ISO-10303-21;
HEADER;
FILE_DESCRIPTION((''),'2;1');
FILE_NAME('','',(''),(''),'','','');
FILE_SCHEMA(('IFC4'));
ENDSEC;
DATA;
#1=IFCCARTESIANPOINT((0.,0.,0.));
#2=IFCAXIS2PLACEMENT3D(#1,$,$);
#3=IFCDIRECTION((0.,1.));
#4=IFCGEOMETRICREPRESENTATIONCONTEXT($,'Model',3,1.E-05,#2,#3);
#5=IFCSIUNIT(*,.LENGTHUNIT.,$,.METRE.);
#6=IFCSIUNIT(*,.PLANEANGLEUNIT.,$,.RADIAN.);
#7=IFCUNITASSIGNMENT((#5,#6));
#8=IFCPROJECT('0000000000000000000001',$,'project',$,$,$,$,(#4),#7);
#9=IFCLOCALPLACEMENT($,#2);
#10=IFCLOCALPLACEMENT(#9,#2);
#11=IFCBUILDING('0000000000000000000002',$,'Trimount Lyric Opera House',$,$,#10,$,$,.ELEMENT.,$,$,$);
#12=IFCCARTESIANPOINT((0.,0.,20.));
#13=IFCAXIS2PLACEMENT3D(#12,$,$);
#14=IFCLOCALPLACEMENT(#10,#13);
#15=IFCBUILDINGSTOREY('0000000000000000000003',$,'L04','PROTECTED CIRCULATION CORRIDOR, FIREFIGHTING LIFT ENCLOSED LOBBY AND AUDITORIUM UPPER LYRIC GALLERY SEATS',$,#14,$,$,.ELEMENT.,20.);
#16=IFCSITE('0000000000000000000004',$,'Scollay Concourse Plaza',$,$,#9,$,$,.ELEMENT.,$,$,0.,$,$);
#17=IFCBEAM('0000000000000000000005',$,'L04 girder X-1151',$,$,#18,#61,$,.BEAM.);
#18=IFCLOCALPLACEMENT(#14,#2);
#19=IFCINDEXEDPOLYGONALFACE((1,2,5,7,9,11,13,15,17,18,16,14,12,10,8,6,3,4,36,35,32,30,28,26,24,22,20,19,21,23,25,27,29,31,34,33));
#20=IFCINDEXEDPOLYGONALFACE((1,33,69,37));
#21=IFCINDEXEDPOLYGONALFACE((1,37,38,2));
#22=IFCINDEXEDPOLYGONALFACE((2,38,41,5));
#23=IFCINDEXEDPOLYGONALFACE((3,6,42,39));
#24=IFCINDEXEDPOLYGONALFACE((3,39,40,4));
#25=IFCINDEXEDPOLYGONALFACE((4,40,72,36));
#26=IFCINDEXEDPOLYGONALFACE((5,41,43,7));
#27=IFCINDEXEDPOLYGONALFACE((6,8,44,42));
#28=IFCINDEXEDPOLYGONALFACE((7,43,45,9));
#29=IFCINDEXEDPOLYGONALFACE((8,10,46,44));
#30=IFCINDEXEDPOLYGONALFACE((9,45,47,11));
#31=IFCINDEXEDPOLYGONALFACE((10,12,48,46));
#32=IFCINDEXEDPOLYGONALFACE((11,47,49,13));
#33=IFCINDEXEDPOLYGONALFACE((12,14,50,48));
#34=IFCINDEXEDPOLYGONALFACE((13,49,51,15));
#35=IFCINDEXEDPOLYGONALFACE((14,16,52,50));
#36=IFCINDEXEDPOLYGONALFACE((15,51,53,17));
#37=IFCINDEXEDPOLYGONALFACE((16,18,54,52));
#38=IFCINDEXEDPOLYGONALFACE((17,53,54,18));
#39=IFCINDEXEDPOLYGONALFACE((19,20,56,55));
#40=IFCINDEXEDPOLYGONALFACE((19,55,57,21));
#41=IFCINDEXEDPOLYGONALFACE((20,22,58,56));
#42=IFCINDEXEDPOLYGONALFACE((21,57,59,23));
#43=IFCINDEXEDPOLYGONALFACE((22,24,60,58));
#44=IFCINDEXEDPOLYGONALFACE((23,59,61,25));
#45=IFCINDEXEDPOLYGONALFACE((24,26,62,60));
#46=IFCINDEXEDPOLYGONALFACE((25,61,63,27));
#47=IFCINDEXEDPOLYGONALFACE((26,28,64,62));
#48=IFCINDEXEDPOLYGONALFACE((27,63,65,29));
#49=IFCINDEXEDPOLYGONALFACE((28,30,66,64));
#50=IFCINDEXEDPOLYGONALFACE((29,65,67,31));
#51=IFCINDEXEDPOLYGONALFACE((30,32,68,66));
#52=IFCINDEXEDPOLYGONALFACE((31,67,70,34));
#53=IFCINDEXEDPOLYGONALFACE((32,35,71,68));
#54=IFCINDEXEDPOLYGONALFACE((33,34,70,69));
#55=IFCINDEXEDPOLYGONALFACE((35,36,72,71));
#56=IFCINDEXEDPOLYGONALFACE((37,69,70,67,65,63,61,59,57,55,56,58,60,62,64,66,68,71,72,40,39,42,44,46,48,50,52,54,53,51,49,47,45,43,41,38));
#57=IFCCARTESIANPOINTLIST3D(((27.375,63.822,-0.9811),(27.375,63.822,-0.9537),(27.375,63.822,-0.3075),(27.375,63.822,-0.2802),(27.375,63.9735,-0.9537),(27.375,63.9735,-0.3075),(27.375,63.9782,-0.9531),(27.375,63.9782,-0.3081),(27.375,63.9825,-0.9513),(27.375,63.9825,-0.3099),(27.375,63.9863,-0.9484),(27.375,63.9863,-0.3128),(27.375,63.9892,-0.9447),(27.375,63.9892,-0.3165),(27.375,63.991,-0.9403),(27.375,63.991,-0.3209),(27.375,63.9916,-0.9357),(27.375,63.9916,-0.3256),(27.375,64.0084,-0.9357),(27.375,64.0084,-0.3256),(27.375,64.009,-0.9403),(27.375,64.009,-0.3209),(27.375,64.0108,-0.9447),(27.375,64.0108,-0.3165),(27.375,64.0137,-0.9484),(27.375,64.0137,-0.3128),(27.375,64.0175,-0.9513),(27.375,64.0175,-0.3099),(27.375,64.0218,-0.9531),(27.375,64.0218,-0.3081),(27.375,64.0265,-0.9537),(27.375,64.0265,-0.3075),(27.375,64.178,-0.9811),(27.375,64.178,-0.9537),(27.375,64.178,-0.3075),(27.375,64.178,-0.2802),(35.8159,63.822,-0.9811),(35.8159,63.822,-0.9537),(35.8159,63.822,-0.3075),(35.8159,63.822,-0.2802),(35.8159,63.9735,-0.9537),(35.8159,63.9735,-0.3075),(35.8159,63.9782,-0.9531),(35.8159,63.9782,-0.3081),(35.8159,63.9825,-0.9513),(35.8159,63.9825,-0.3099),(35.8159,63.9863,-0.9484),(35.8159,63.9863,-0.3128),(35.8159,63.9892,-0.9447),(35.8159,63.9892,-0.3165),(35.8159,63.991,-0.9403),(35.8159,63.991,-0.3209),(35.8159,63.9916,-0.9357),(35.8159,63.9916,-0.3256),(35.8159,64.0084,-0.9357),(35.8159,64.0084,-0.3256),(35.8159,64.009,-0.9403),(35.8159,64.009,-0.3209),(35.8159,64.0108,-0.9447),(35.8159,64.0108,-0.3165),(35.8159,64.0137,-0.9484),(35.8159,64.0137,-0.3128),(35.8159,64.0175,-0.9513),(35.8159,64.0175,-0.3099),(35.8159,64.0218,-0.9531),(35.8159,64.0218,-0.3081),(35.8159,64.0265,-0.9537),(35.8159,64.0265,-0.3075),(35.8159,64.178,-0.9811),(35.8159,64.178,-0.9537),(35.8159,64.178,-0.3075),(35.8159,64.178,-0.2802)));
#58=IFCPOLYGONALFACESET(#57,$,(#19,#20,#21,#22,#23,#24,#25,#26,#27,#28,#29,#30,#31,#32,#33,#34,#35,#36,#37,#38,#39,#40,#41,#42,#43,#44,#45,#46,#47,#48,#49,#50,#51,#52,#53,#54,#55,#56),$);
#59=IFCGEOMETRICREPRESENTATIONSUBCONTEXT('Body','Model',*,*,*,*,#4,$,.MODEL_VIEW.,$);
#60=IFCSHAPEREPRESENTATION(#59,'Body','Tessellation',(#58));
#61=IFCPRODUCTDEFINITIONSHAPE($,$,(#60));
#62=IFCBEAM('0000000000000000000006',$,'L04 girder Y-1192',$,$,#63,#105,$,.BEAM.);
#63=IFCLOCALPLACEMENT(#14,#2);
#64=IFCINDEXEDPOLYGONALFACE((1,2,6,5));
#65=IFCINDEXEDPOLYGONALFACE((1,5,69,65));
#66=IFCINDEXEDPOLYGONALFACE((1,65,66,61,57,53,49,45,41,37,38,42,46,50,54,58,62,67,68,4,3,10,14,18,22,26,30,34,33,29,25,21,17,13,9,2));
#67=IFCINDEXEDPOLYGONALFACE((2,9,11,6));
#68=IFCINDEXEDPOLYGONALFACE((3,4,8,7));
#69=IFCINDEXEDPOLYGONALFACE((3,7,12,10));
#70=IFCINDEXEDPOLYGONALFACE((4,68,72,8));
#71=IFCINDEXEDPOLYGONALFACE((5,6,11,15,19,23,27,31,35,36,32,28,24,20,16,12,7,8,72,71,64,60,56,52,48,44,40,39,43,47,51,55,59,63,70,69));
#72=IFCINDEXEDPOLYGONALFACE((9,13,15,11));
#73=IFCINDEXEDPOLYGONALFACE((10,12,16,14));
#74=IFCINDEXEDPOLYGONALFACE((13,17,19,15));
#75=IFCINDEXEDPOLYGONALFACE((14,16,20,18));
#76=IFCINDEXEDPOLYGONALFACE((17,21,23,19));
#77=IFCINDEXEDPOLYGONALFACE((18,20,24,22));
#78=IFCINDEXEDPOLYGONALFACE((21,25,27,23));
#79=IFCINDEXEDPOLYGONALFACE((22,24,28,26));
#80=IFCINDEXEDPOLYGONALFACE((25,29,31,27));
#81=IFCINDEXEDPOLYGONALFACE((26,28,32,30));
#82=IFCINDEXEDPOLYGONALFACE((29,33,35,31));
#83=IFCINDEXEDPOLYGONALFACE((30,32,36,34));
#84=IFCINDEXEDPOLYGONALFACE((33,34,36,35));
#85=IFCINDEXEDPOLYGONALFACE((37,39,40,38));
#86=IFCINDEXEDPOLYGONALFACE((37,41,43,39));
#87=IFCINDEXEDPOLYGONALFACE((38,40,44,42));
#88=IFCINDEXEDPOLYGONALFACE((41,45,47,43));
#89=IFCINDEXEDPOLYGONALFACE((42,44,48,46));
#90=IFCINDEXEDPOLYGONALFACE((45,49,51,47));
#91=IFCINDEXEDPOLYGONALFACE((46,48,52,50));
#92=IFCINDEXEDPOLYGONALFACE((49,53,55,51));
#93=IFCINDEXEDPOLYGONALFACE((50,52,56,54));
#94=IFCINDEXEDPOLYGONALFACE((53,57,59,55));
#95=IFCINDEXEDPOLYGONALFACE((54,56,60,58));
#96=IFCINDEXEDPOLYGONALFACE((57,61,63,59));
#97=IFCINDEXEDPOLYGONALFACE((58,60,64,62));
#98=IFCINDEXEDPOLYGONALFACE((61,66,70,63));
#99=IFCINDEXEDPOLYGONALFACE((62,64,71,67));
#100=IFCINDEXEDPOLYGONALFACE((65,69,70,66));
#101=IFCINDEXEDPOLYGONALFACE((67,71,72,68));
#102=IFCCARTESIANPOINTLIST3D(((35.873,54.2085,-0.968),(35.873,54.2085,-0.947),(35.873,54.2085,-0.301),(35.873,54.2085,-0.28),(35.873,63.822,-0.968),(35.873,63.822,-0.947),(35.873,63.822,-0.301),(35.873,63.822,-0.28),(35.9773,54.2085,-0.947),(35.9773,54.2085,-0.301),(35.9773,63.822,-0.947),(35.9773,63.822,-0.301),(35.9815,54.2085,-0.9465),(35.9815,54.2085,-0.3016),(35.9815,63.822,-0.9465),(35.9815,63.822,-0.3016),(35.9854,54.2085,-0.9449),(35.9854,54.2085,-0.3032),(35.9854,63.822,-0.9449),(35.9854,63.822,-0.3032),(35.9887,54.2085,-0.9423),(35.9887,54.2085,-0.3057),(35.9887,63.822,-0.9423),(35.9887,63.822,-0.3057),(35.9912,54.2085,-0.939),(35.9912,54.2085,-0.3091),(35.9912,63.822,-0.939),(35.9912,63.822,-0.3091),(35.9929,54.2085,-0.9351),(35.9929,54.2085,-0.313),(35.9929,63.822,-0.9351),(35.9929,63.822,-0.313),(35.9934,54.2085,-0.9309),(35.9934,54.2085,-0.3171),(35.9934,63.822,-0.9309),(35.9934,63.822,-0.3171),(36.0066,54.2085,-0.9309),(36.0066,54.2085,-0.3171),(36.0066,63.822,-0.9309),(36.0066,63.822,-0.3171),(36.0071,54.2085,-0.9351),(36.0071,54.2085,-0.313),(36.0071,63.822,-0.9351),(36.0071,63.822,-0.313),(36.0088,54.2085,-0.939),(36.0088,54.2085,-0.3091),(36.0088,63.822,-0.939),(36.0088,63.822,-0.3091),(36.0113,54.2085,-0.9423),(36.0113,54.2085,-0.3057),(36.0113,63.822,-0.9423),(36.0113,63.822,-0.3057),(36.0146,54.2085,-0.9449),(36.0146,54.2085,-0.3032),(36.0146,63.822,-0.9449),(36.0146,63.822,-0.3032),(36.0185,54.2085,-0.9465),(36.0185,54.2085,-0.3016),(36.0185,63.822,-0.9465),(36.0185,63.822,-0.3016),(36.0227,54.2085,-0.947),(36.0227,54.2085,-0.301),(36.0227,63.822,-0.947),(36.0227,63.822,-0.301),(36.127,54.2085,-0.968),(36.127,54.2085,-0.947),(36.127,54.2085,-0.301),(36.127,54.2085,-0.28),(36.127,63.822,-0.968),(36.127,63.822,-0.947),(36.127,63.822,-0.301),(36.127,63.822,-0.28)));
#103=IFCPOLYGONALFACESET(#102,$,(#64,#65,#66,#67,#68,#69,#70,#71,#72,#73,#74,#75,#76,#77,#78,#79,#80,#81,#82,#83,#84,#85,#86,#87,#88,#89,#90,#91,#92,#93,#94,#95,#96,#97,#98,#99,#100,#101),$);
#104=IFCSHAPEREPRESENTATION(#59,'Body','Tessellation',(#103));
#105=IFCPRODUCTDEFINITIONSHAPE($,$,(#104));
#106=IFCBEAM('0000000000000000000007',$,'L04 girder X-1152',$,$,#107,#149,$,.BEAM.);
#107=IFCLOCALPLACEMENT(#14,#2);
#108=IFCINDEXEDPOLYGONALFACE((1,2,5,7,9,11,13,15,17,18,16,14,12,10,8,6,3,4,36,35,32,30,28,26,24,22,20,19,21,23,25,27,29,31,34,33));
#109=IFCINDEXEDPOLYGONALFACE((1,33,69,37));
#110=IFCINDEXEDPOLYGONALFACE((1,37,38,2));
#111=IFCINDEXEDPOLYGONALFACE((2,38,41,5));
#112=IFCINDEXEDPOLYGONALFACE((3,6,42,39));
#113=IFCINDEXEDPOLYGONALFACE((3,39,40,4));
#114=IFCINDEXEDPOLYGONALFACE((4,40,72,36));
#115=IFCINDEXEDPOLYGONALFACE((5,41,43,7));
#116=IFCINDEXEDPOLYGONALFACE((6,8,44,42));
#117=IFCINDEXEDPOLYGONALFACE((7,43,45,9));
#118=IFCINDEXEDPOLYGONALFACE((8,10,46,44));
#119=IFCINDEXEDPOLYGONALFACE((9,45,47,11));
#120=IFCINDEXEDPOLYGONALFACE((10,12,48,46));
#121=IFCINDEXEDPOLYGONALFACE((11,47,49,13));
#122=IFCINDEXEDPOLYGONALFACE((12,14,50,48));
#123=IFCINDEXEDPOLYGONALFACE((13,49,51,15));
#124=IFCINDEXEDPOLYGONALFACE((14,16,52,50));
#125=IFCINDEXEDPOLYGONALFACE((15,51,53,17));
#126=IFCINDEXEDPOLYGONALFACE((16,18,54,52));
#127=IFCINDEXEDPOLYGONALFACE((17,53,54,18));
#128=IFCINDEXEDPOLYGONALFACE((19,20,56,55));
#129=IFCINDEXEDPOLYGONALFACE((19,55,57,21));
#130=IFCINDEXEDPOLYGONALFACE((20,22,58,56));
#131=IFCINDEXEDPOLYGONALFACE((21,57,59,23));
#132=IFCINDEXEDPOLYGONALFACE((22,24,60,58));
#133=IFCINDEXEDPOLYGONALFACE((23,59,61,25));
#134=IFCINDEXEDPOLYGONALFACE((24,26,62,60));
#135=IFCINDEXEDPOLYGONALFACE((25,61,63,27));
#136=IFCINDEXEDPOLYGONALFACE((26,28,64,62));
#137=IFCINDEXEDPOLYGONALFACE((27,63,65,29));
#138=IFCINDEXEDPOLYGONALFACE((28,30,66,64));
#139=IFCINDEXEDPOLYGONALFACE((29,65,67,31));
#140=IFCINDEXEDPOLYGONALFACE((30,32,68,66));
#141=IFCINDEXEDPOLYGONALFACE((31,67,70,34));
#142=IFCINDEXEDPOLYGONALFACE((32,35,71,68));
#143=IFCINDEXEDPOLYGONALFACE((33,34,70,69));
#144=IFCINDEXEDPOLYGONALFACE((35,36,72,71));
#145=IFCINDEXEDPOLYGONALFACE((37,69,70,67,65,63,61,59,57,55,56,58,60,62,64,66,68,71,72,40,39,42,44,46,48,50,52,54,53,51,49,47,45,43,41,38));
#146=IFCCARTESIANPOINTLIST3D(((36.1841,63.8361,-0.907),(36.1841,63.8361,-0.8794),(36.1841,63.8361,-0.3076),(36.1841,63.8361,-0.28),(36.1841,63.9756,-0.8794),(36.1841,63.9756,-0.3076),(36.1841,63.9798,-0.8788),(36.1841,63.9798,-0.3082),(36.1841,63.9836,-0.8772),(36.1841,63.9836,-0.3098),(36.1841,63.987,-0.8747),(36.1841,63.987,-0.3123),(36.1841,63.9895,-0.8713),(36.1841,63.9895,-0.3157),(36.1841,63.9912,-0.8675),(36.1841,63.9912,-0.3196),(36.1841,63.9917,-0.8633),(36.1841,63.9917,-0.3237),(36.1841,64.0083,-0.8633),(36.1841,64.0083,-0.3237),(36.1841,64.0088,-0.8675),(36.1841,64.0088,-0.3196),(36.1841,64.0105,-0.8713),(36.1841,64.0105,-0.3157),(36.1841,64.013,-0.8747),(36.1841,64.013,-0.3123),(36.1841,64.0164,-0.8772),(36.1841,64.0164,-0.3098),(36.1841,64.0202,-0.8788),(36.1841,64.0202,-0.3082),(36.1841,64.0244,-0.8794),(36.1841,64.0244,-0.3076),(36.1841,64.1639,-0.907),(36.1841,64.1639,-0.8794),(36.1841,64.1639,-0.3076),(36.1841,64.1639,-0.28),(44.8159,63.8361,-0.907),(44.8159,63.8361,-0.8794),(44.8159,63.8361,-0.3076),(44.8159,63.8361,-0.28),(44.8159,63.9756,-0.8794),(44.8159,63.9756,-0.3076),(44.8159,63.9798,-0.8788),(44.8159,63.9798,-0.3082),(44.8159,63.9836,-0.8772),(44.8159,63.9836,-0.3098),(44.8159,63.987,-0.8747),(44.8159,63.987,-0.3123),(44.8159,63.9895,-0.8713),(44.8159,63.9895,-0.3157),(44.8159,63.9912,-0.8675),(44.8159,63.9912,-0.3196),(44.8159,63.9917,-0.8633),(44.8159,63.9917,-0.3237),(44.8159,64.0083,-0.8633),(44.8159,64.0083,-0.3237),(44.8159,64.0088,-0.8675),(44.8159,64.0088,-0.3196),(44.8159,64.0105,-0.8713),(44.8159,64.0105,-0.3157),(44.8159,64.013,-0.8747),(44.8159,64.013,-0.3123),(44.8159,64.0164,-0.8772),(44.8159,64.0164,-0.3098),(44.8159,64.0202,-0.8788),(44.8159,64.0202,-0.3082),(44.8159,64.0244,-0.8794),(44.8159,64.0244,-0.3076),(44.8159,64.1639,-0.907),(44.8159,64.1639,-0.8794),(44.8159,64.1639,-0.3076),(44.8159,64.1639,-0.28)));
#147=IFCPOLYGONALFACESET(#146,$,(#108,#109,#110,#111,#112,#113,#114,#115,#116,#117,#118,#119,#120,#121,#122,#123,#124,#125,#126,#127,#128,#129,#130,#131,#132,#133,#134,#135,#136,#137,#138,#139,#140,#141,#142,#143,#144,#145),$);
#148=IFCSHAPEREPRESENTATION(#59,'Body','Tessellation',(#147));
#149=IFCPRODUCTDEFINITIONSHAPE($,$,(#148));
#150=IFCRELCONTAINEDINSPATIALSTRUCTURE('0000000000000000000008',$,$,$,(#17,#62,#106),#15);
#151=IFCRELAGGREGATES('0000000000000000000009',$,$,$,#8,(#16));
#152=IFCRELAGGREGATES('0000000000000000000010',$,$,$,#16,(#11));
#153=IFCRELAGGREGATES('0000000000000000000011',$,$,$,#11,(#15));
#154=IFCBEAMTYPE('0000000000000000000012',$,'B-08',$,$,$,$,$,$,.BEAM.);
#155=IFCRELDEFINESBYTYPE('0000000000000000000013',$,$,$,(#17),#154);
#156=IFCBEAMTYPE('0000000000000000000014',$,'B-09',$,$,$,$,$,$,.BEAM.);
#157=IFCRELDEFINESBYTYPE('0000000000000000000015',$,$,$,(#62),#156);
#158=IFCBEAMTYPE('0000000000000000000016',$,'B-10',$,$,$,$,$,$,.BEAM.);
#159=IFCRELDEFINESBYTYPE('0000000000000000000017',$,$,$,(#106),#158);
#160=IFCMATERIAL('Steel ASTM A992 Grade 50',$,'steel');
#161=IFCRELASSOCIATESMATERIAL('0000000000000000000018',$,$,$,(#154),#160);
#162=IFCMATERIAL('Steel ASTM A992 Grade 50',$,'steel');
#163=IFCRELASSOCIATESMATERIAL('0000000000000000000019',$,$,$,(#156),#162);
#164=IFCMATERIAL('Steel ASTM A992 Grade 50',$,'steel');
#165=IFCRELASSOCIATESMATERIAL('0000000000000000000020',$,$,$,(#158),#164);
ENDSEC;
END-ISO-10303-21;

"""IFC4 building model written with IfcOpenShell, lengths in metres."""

from ifc_helpers import new_model, si_unit, direction, frame, origin, origin_2d, place, context, subcontext, project, spatial, i_section, extrude, material, material_profile, profile_set, type_object, element, save


model = new_model("IFC4")

# Units and contexts
model_context = context("Model", 3, precision=1e-05, world=origin(), true_north=direction((0.0, 1.0)))
body_context = subcontext(model_context, "Body", "Model", "MODEL_VIEW")
ifc_project = project(units=[si_unit("LENGTHUNIT", "METRE"), si_unit("PLANEANGLEUNIT", "RADIAN")], contexts=[model_context])

# Site, building, storey
site_placement = place(None, origin())
site = spatial("IfcSite", under=ifc_project, at=site_placement, Name="Scollay Concourse Plaza", CompositionType="ELEMENT", RefElevation=0.0)
building_placement = place(site_placement, origin())
building = spatial("IfcBuilding", under=site, at=building_placement, Name="Trimount Lyric Opera House", CompositionType="ELEMENT")
storey_placement = place(building_placement, frame((0.0, 0.0, 20.0)))
storey = spatial("IfcBuildingStorey", under=building, at=storey_placement, Name="L04", Description="PROTECTED CIRCULATION CORRIDOR, FIREFIGHTING LIFT ENCLOSED LOBBY AND AUDITORIUM UPPER LYRIC GALLERY SEATS", CompositionType="ELEMENT", Elevation=20.0)

# Beams
ifc_material_1 = material(Name="Steel ASTM A992 Grade 50", Category="steel")
ifc_material_profile_1 = material_profile(ifc_material_1, i_section(OverallWidth=0.356, OverallDepth=0.7009, WebThickness=0.0168, FlangeThickness=0.0273, FilletRadius=0.0181, at=origin_2d()), Name="W27X161")
ifc_profile_set_1 = profile_set([ifc_material_profile_1], Name="Steel ASTM A992 Grade 50")
beam_type_1 = type_object("IfcBeamType", Name="B-08", PredefinedType="BEAM", material=ifc_profile_set_1)
beam_1_placement = place(storey_placement, frame((27.375, 64.0, -0.6306), z_axis=(1.0, 0.0, 0.0), x_axis=(0.0, 1.0, 0.0)))
element("IfcBeam", 1, at=beam_1_placement, inside=storey, type_object=beam_type_1, Name="L04 girder X-1151", PredefinedType="BEAM", context=body_context, shape_type="SweptSolid", body=[
    extrude(i_section(OverallWidth=0.356, OverallDepth=0.7009, WebThickness=0.0168, FlangeThickness=0.0273, FilletRadius=0.0181, at=origin_2d()), origin(), (0.0, 0.0, 1.0), 8.4409),
])
ifc_material_2 = material(Name="Steel ASTM A992 Grade 50", Category="steel")
ifc_material_profile_2 = material_profile(ifc_material_2, i_section(OverallWidth=0.2539, OverallDepth=0.688, WebThickness=0.0132, FlangeThickness=0.021, FilletRadius=0.0161, at=origin_2d()), Name="W27X102")
ifc_profile_set_2 = profile_set([ifc_material_profile_2], Name="Steel ASTM A992 Grade 50")
beam_type_2 = type_object("IfcBeamType", Name="B-09", PredefinedType="BEAM", material=ifc_profile_set_2)
beam_2_placement = place(storey_placement, frame((36.0, 54.2085, -0.624), z_axis=(0.0, 1.0, 0.0), x_axis=(-1.0, 0.0, 0.0)))
element("IfcBeam", 2, at=beam_2_placement, inside=storey, type_object=beam_type_2, Name="L04 girder Y-1192", PredefinedType="BEAM", context=body_context, shape_type="SweptSolid", body=[
    extrude(i_section(OverallWidth=0.2539, OverallDepth=0.688, WebThickness=0.0132, FlangeThickness=0.021, FilletRadius=0.0161, at=origin_2d()), origin(), (0.0, 0.0, 1.0), 9.6135),
])
ifc_material_3 = material(Name="Steel ASTM A992 Grade 50", Category="steel")
ifc_material_profile_3 = material_profile(ifc_material_3, i_section(OverallWidth=0.3279, OverallDepth=0.627, WebThickness=0.0166, FlangeThickness=0.0276, FilletRadius=0.0161, at=origin_2d()), Name="W24X146")
ifc_profile_set_3 = profile_set([ifc_material_profile_3], Name="Steel ASTM A992 Grade 50")
beam_type_3 = type_object("IfcBeamType", Name="B-10", PredefinedType="BEAM", material=ifc_profile_set_3)
beam_3_placement = place(storey_placement, frame((36.1841, 64.0, -0.5935), z_axis=(1.0, 0.0, 0.0), x_axis=(0.0, 1.0, 0.0)))
element("IfcBeam", 3, at=beam_3_placement, inside=storey, type_object=beam_type_3, Name="L04 girder X-1152", PredefinedType="BEAM", context=body_context, shape_type="SweptSolid", body=[
    extrude(i_section(OverallWidth=0.3279, OverallDepth=0.627, WebThickness=0.0166, FlangeThickness=0.0276, FilletRadius=0.0161, at=origin_2d()), origin(), (0.0, 0.0, 1.0), 8.6318),
])

save(model, "model.ifc")
